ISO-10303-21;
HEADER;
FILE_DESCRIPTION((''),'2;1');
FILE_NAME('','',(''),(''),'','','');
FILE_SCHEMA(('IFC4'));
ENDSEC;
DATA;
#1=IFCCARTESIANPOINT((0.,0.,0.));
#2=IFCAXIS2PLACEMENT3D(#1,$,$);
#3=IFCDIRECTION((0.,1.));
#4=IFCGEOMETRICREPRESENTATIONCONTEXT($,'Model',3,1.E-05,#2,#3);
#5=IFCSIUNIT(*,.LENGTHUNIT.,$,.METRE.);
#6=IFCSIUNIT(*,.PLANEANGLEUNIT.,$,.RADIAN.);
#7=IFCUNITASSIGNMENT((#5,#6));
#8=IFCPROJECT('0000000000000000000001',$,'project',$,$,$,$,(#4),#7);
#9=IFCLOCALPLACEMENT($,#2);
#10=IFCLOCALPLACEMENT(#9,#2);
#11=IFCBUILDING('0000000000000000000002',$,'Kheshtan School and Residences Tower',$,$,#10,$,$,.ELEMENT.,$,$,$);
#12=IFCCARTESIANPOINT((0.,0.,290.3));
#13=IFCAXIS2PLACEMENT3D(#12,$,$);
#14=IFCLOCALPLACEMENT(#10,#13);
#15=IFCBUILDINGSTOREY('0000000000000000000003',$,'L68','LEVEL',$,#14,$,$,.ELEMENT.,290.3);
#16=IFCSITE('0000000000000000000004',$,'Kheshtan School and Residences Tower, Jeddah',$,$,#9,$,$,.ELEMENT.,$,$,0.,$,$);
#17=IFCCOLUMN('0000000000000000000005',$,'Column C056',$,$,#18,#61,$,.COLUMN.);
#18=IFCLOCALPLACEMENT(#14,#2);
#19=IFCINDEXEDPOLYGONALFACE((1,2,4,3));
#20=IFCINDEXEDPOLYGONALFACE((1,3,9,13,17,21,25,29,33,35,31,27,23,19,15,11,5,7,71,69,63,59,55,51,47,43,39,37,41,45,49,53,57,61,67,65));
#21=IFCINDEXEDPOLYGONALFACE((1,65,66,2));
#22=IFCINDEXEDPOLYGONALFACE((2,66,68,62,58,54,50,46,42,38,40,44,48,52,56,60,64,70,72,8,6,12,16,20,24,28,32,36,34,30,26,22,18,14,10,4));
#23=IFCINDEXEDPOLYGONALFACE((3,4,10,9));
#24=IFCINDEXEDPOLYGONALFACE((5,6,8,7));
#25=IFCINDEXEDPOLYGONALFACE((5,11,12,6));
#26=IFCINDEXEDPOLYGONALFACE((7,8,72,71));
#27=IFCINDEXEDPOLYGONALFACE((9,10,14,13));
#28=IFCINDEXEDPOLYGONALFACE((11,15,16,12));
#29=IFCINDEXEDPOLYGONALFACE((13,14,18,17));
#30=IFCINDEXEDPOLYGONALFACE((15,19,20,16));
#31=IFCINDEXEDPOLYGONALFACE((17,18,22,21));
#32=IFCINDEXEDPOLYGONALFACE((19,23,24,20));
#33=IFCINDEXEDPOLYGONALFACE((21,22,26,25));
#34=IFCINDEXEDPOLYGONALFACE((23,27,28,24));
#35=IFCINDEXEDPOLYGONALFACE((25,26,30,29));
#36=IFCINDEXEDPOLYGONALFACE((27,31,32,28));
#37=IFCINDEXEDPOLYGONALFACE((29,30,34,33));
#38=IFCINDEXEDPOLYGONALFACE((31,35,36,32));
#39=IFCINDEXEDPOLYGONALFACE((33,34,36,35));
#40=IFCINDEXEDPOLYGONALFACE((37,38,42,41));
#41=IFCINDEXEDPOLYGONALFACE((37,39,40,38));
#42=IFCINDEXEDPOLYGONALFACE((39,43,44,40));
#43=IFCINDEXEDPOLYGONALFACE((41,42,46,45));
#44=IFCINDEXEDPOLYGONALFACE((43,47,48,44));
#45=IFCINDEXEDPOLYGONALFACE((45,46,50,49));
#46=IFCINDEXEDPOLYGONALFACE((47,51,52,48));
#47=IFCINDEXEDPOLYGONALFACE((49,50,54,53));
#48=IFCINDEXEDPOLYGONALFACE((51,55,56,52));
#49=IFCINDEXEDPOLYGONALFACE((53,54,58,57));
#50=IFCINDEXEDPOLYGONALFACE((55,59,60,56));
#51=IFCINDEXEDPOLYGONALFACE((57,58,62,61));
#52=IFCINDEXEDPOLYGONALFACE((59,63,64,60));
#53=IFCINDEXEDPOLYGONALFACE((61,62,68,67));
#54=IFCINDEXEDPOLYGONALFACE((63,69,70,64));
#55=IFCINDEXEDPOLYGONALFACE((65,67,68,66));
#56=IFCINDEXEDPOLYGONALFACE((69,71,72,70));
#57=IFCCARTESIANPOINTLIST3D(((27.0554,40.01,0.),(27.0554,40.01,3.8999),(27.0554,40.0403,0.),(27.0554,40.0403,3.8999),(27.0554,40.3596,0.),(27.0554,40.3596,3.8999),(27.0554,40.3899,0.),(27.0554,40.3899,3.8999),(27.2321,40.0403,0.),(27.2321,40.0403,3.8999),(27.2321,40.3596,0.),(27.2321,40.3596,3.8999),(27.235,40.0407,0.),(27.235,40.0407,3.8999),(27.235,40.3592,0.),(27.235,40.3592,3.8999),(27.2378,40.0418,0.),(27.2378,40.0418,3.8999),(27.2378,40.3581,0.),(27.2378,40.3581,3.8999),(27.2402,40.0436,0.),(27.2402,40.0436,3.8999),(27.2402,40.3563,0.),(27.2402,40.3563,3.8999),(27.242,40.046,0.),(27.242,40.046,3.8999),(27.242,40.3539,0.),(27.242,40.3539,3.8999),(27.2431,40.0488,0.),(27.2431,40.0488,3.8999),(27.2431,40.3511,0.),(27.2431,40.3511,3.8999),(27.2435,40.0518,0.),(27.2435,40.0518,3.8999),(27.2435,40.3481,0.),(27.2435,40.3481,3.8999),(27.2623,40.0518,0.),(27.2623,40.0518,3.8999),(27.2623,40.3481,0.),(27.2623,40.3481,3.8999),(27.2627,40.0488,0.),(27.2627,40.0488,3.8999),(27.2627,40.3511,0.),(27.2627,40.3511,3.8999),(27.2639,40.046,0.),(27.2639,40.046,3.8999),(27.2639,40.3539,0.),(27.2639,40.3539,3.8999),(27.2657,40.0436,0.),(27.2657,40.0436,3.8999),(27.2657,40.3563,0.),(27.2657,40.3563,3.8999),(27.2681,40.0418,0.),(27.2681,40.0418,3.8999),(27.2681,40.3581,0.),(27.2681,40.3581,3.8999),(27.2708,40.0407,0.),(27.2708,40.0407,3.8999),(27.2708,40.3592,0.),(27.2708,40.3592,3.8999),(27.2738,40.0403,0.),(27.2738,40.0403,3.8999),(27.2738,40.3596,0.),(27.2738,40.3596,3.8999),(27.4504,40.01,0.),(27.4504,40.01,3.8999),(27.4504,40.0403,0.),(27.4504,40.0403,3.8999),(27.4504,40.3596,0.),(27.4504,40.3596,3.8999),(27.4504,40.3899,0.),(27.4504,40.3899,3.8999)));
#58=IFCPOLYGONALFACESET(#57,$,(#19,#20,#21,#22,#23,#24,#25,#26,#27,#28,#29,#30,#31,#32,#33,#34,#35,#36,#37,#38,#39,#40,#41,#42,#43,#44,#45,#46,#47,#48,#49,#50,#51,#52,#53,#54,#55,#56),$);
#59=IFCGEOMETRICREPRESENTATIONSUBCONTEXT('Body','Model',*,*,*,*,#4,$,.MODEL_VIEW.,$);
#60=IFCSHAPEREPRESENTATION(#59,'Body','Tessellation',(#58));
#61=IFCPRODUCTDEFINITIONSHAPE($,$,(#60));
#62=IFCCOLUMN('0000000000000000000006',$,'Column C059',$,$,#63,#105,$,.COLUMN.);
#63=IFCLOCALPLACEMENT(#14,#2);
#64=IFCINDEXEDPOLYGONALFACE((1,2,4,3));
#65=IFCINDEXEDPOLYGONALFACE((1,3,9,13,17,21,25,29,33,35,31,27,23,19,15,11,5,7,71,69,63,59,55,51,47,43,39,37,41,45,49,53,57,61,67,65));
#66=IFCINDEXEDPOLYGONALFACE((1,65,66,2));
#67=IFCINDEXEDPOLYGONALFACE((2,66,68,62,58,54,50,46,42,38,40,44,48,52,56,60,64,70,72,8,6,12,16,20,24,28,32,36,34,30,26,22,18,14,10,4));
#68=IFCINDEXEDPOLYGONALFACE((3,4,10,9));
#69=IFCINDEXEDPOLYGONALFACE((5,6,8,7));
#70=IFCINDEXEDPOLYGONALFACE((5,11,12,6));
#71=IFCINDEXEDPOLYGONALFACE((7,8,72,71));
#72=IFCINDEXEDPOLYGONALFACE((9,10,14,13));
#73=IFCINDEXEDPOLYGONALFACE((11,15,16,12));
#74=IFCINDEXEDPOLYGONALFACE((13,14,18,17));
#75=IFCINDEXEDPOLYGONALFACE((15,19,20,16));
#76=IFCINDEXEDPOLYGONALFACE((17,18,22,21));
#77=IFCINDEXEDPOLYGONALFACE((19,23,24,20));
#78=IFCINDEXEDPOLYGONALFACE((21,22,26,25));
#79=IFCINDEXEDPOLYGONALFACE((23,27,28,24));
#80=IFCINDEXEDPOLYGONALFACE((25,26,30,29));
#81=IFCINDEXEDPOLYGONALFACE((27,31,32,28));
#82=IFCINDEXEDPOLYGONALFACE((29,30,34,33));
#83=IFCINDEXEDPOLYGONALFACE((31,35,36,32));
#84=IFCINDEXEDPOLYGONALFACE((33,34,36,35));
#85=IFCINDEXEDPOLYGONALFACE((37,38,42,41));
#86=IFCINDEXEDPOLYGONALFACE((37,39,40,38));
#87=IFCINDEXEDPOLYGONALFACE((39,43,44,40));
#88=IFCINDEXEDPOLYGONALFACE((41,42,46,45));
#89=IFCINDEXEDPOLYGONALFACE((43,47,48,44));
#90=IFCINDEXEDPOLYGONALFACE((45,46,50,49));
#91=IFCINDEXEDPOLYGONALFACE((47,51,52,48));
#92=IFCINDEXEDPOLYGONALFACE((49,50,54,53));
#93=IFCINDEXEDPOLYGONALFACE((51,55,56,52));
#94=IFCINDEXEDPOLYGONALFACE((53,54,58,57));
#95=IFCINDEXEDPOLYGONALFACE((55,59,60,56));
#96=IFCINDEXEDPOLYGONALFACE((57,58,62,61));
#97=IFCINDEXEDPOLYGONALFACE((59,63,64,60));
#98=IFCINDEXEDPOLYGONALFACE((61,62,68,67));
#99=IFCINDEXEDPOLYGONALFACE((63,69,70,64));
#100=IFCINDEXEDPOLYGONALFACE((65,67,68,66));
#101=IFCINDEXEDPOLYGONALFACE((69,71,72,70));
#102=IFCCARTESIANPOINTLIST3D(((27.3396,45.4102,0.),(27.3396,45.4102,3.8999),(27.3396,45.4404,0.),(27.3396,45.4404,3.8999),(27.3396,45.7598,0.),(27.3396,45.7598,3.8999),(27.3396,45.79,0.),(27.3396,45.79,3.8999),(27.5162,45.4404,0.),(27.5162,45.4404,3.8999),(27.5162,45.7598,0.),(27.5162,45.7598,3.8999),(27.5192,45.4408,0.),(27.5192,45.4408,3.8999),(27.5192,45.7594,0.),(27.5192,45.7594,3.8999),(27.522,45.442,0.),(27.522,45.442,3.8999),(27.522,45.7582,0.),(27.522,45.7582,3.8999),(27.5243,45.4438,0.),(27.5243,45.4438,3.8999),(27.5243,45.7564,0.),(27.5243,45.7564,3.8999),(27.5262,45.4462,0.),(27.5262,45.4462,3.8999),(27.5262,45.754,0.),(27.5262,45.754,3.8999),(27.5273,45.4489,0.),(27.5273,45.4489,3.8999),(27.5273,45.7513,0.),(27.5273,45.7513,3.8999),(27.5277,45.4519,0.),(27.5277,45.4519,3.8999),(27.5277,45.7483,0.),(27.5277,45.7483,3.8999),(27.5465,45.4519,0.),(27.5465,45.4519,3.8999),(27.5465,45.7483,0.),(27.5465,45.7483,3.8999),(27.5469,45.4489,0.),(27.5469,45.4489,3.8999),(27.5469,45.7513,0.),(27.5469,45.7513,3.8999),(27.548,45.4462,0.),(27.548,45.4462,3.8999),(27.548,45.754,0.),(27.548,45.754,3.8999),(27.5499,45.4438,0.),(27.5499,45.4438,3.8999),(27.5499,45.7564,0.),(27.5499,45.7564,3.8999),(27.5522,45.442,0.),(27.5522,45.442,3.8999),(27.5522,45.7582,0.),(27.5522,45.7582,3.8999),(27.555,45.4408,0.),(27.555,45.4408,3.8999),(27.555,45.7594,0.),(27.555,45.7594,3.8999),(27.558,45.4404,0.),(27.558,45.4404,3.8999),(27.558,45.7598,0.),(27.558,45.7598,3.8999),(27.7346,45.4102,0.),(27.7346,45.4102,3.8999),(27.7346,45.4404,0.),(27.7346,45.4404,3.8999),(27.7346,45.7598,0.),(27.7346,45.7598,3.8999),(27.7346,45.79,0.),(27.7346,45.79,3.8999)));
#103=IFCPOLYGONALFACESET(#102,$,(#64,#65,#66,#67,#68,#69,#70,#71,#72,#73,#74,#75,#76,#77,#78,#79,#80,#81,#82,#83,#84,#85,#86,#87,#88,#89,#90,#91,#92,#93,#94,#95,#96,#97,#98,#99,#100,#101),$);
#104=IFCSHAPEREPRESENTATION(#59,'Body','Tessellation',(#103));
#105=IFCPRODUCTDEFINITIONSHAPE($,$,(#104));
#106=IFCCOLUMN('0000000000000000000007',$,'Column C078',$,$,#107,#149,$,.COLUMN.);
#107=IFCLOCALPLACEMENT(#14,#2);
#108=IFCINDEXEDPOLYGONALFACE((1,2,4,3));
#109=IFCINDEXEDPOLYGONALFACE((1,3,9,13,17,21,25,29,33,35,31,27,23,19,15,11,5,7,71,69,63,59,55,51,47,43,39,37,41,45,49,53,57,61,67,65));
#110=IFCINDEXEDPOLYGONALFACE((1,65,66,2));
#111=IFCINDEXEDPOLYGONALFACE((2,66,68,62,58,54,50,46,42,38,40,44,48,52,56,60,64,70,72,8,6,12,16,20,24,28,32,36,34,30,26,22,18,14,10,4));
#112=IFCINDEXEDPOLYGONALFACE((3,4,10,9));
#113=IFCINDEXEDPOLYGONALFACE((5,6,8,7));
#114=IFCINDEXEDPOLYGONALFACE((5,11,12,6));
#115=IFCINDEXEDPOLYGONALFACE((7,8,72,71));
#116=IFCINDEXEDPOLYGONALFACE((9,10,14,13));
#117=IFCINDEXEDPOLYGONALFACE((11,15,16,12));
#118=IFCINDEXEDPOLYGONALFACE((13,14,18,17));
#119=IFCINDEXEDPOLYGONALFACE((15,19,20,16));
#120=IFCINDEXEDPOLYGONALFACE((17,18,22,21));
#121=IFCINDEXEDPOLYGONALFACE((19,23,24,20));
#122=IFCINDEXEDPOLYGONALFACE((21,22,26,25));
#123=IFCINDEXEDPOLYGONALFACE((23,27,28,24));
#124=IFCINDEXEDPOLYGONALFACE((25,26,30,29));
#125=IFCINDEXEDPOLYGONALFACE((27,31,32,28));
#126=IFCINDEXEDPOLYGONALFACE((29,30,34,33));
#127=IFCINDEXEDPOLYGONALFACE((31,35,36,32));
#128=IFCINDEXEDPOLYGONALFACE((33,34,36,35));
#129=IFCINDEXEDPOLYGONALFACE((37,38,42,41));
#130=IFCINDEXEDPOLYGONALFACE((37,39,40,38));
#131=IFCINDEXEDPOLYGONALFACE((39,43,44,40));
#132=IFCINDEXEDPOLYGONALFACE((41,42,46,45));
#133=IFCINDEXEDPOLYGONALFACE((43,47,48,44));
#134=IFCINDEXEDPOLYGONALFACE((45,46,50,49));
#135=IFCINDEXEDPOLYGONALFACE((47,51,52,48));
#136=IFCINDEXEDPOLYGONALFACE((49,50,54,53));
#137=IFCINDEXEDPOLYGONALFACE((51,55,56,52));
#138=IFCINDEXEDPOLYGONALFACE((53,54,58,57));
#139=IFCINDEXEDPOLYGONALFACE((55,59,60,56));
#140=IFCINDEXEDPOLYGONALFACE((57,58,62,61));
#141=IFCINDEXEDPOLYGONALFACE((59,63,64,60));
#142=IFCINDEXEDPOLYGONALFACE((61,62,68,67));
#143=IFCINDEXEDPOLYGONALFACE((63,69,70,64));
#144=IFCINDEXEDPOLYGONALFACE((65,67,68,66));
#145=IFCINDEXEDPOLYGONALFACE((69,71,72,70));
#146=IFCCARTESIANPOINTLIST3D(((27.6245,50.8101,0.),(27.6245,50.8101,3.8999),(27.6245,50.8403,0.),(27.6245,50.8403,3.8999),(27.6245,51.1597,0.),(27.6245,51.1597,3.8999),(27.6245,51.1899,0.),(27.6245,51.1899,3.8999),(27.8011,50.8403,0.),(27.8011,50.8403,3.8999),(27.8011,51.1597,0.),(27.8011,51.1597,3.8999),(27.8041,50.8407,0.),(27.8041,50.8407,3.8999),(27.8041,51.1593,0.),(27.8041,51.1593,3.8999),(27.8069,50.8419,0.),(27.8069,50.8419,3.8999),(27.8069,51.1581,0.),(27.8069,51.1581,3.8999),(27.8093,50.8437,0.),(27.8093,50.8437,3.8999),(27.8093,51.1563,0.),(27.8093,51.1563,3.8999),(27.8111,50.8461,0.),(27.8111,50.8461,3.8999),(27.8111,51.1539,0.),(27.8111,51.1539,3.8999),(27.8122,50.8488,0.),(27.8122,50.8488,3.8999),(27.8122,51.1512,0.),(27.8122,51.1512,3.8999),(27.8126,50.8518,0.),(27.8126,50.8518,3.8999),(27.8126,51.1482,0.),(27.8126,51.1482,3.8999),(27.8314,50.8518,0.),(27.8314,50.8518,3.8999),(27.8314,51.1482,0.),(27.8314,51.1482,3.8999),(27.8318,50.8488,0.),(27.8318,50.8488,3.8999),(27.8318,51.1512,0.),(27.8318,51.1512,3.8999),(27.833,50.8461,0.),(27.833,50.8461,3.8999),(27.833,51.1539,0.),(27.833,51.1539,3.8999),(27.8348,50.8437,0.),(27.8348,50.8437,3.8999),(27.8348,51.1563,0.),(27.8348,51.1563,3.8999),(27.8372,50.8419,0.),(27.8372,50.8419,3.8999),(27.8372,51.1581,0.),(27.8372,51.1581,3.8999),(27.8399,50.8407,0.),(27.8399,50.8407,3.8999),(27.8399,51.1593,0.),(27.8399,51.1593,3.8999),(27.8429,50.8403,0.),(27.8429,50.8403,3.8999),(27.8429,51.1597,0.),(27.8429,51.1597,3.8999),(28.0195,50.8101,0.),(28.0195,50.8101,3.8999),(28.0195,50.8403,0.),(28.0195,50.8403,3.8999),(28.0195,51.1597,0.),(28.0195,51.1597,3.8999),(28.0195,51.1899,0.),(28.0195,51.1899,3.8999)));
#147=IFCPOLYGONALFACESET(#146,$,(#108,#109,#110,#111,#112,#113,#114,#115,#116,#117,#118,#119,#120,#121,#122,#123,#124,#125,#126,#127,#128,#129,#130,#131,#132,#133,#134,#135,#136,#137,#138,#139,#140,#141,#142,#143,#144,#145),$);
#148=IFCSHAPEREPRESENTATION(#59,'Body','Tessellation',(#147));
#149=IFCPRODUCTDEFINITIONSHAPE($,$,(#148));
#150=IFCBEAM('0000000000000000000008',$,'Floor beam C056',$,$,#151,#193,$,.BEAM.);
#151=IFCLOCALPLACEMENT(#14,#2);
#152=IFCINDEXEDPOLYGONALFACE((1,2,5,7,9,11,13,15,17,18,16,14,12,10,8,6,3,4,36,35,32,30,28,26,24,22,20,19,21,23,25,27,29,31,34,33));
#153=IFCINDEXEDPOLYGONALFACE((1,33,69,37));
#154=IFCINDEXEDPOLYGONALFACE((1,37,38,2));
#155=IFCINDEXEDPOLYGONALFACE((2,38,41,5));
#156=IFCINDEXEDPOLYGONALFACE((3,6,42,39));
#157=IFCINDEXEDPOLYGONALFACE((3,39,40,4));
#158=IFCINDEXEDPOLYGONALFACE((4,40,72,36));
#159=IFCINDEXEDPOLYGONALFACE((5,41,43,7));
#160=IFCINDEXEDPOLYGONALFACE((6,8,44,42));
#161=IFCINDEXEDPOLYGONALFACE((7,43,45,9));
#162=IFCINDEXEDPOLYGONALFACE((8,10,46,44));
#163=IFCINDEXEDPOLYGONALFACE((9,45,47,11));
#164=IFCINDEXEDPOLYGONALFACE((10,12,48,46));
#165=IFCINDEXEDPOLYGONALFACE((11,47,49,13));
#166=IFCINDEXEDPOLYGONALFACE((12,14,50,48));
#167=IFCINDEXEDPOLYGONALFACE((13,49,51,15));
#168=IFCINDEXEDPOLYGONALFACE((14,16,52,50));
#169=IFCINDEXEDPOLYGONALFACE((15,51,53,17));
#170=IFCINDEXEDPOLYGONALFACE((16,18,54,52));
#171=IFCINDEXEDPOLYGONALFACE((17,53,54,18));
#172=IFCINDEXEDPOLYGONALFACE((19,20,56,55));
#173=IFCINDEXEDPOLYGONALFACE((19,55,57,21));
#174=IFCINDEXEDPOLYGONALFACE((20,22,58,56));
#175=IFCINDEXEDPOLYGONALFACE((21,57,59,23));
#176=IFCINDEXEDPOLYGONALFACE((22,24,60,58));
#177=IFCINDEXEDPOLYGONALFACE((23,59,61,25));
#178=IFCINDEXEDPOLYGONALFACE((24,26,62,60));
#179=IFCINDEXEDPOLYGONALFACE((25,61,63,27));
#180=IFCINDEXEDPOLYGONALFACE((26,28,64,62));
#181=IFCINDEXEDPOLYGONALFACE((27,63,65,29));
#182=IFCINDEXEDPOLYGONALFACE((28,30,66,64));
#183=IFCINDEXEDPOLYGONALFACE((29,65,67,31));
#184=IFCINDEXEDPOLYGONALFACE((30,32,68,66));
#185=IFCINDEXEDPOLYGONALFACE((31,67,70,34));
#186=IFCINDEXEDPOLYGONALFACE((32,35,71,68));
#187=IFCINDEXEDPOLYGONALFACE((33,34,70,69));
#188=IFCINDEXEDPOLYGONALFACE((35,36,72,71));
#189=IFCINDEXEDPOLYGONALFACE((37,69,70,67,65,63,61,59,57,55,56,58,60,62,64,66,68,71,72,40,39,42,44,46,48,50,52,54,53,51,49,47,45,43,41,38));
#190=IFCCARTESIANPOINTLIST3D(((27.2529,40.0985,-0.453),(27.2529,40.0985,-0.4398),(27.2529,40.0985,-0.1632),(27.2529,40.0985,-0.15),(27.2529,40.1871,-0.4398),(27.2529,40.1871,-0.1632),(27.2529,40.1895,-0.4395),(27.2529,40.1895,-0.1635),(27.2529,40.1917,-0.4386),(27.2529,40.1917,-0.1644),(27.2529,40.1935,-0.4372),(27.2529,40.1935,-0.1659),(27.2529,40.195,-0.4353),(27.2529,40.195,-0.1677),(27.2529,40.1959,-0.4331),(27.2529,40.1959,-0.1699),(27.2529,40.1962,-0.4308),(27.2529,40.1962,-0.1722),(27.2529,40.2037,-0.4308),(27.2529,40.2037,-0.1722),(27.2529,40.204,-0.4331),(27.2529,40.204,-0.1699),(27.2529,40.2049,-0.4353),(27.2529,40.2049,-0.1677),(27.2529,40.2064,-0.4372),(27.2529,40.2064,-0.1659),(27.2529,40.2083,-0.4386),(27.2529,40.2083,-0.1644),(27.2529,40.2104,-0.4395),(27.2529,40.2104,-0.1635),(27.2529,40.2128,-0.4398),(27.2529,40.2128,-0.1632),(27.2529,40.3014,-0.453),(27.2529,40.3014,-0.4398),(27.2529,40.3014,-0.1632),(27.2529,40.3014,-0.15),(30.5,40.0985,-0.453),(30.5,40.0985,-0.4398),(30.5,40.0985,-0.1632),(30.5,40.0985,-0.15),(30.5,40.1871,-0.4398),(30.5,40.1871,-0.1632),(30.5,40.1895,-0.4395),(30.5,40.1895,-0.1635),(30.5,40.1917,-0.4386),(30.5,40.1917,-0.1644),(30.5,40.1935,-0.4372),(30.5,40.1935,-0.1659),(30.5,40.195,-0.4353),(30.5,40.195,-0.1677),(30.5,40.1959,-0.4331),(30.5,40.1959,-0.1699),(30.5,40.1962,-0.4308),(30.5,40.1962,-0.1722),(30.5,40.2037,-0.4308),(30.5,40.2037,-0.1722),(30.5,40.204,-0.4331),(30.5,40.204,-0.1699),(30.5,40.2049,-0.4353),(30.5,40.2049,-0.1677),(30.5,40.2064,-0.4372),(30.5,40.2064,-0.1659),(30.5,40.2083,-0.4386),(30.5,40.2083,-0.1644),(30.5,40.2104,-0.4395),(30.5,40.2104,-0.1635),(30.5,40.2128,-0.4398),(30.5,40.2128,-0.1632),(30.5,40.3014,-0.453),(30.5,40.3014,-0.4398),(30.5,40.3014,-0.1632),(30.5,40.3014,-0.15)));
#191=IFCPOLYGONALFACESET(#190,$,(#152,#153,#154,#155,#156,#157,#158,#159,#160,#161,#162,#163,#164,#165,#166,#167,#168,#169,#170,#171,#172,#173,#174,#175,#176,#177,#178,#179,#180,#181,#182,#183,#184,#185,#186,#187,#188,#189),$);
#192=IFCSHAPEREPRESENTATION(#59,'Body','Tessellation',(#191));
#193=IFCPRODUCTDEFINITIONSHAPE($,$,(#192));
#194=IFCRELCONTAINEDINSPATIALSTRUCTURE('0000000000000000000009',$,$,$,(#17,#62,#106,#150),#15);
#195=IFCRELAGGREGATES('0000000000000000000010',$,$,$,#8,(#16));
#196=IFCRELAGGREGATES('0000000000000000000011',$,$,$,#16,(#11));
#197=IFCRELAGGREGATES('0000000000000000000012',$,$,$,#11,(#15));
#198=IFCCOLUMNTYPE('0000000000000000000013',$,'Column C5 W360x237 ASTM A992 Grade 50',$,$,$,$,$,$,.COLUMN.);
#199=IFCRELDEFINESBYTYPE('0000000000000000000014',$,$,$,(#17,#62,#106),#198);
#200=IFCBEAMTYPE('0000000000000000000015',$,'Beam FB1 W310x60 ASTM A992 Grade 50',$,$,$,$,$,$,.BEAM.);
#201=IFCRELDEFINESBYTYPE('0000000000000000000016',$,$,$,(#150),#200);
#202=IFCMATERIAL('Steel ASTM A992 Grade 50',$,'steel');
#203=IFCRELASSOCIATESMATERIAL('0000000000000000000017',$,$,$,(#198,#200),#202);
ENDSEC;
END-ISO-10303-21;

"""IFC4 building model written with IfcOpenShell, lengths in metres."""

from ifc_helpers import new_model, si_unit, direction, frame, origin, origin_2d, place, context, subcontext, project, spatial, i_section, extrude, material, material_profile, profile_set, type_object, element, save


model = new_model("IFC4")

# Units and contexts
model_context = context("Model", 3, precision=1e-05, world=origin(), true_north=direction((0.0, 1.0)))
body_context = subcontext(model_context, "Body", "Model", "MODEL_VIEW")
ifc_project = project(units=[si_unit("LENGTHUNIT", "METRE"), si_unit("PLANEANGLEUNIT", "RADIAN")], contexts=[model_context])

# Site, building, storey
site_placement = place(None, origin())
site = spatial("IfcSite", under=ifc_project, at=site_placement, Name="Kheshtan School and Residences Tower, Jeddah", CompositionType="ELEMENT", RefElevation=0.0)
building_placement = place(site_placement, origin())
building = spatial("IfcBuilding", under=site, at=building_placement, Name="Kheshtan School and Residences Tower", CompositionType="ELEMENT")
storey_placement = place(building_placement, frame((0.0, 0.0, 290.3)))
storey = spatial("IfcBuildingStorey", under=building, at=storey_placement, Name="L68", Description="LEVEL", CompositionType="ELEMENT", Elevation=290.3)

# Columns
ifc_material_1 = material(Name="Steel ASTM A992 Grade 50", Category="steel")
ifc_material_profile_1 = material_profile(ifc_material_1, i_section(OverallWidth=0.395, OverallDepth=0.3799, WebThickness=0.0188, FlangeThickness=0.0303, FilletRadius=0.0115, at=origin_2d()), Name="W360x237")
ifc_profile_set_1 = profile_set([ifc_material_profile_1], Name="Steel ASTM A992 Grade 50")
column_type = type_object("IfcColumnType", Name="Column C5 W360x237 ASTM A992 Grade 50", PredefinedType="COLUMN", material=ifc_profile_set_1)
for number, where, z_axis, x_axis, name in (
    (1, (27.2529, 40.2, 0.0), (0.0, 0.0, 1.0), (1.0, 0.0, 0.0), "Column C056"),
    (2, (27.5371, 45.6001, 0.0), (0.0, 0.0, 1.0), (1.0, 0.0, 0.0), "Column C059"),
    (3, (27.822, 51.0, 0.0), (0.0, 0.0, 1.0), (1.0, 0.0, 0.0), "Column C078"),
):
    element("IfcColumn", number, at=place(storey_placement, frame(where, z_axis=z_axis, x_axis=x_axis)), inside=storey, type_object=column_type, Name=name, PredefinedType="COLUMN", context=body_context, shape_type="SweptSolid", body=[
        extrude(i_section(OverallWidth=0.395, OverallDepth=0.3799, WebThickness=0.0188, FlangeThickness=0.0303, FilletRadius=0.0115, at=origin_2d()), origin(), (0.0, 0.0, 1.0), 3.8999),
    ])

# Beam
ifc_material_profile_2 = material_profile(ifc_material_1, i_section(OverallWidth=0.2029, OverallDepth=0.303, WebThickness=0.0076, FlangeThickness=0.0132, FilletRadius=0.009, at=origin_2d()), Name="W310x60")
ifc_profile_set_2 = profile_set([ifc_material_profile_2], Name="Steel ASTM A992 Grade 50")
beam_type_1 = type_object("IfcBeamType", Name="Beam FB1 W310x60 ASTM A992 Grade 50", PredefinedType="BEAM", material=ifc_profile_set_2)
beam_1_placement = place(storey_placement, frame((27.2529, 40.2, -0.3015), z_axis=(1.0, 0.0, 0.0), x_axis=(0.0, 1.0, 0.0)))
element("IfcBeam", 4, at=beam_1_placement, inside=storey, type_object=beam_type_1, Name="Floor beam C056", PredefinedType="BEAM", context=body_context, shape_type="SweptSolid", body=[
    extrude(i_section(OverallWidth=0.2029, OverallDepth=0.303, WebThickness=0.0076, FlangeThickness=0.0132, FilletRadius=0.009, at=origin_2d()), origin(), (0.0, 0.0, 1.0), 3.2471),
])

save(model, "model.ifc")
